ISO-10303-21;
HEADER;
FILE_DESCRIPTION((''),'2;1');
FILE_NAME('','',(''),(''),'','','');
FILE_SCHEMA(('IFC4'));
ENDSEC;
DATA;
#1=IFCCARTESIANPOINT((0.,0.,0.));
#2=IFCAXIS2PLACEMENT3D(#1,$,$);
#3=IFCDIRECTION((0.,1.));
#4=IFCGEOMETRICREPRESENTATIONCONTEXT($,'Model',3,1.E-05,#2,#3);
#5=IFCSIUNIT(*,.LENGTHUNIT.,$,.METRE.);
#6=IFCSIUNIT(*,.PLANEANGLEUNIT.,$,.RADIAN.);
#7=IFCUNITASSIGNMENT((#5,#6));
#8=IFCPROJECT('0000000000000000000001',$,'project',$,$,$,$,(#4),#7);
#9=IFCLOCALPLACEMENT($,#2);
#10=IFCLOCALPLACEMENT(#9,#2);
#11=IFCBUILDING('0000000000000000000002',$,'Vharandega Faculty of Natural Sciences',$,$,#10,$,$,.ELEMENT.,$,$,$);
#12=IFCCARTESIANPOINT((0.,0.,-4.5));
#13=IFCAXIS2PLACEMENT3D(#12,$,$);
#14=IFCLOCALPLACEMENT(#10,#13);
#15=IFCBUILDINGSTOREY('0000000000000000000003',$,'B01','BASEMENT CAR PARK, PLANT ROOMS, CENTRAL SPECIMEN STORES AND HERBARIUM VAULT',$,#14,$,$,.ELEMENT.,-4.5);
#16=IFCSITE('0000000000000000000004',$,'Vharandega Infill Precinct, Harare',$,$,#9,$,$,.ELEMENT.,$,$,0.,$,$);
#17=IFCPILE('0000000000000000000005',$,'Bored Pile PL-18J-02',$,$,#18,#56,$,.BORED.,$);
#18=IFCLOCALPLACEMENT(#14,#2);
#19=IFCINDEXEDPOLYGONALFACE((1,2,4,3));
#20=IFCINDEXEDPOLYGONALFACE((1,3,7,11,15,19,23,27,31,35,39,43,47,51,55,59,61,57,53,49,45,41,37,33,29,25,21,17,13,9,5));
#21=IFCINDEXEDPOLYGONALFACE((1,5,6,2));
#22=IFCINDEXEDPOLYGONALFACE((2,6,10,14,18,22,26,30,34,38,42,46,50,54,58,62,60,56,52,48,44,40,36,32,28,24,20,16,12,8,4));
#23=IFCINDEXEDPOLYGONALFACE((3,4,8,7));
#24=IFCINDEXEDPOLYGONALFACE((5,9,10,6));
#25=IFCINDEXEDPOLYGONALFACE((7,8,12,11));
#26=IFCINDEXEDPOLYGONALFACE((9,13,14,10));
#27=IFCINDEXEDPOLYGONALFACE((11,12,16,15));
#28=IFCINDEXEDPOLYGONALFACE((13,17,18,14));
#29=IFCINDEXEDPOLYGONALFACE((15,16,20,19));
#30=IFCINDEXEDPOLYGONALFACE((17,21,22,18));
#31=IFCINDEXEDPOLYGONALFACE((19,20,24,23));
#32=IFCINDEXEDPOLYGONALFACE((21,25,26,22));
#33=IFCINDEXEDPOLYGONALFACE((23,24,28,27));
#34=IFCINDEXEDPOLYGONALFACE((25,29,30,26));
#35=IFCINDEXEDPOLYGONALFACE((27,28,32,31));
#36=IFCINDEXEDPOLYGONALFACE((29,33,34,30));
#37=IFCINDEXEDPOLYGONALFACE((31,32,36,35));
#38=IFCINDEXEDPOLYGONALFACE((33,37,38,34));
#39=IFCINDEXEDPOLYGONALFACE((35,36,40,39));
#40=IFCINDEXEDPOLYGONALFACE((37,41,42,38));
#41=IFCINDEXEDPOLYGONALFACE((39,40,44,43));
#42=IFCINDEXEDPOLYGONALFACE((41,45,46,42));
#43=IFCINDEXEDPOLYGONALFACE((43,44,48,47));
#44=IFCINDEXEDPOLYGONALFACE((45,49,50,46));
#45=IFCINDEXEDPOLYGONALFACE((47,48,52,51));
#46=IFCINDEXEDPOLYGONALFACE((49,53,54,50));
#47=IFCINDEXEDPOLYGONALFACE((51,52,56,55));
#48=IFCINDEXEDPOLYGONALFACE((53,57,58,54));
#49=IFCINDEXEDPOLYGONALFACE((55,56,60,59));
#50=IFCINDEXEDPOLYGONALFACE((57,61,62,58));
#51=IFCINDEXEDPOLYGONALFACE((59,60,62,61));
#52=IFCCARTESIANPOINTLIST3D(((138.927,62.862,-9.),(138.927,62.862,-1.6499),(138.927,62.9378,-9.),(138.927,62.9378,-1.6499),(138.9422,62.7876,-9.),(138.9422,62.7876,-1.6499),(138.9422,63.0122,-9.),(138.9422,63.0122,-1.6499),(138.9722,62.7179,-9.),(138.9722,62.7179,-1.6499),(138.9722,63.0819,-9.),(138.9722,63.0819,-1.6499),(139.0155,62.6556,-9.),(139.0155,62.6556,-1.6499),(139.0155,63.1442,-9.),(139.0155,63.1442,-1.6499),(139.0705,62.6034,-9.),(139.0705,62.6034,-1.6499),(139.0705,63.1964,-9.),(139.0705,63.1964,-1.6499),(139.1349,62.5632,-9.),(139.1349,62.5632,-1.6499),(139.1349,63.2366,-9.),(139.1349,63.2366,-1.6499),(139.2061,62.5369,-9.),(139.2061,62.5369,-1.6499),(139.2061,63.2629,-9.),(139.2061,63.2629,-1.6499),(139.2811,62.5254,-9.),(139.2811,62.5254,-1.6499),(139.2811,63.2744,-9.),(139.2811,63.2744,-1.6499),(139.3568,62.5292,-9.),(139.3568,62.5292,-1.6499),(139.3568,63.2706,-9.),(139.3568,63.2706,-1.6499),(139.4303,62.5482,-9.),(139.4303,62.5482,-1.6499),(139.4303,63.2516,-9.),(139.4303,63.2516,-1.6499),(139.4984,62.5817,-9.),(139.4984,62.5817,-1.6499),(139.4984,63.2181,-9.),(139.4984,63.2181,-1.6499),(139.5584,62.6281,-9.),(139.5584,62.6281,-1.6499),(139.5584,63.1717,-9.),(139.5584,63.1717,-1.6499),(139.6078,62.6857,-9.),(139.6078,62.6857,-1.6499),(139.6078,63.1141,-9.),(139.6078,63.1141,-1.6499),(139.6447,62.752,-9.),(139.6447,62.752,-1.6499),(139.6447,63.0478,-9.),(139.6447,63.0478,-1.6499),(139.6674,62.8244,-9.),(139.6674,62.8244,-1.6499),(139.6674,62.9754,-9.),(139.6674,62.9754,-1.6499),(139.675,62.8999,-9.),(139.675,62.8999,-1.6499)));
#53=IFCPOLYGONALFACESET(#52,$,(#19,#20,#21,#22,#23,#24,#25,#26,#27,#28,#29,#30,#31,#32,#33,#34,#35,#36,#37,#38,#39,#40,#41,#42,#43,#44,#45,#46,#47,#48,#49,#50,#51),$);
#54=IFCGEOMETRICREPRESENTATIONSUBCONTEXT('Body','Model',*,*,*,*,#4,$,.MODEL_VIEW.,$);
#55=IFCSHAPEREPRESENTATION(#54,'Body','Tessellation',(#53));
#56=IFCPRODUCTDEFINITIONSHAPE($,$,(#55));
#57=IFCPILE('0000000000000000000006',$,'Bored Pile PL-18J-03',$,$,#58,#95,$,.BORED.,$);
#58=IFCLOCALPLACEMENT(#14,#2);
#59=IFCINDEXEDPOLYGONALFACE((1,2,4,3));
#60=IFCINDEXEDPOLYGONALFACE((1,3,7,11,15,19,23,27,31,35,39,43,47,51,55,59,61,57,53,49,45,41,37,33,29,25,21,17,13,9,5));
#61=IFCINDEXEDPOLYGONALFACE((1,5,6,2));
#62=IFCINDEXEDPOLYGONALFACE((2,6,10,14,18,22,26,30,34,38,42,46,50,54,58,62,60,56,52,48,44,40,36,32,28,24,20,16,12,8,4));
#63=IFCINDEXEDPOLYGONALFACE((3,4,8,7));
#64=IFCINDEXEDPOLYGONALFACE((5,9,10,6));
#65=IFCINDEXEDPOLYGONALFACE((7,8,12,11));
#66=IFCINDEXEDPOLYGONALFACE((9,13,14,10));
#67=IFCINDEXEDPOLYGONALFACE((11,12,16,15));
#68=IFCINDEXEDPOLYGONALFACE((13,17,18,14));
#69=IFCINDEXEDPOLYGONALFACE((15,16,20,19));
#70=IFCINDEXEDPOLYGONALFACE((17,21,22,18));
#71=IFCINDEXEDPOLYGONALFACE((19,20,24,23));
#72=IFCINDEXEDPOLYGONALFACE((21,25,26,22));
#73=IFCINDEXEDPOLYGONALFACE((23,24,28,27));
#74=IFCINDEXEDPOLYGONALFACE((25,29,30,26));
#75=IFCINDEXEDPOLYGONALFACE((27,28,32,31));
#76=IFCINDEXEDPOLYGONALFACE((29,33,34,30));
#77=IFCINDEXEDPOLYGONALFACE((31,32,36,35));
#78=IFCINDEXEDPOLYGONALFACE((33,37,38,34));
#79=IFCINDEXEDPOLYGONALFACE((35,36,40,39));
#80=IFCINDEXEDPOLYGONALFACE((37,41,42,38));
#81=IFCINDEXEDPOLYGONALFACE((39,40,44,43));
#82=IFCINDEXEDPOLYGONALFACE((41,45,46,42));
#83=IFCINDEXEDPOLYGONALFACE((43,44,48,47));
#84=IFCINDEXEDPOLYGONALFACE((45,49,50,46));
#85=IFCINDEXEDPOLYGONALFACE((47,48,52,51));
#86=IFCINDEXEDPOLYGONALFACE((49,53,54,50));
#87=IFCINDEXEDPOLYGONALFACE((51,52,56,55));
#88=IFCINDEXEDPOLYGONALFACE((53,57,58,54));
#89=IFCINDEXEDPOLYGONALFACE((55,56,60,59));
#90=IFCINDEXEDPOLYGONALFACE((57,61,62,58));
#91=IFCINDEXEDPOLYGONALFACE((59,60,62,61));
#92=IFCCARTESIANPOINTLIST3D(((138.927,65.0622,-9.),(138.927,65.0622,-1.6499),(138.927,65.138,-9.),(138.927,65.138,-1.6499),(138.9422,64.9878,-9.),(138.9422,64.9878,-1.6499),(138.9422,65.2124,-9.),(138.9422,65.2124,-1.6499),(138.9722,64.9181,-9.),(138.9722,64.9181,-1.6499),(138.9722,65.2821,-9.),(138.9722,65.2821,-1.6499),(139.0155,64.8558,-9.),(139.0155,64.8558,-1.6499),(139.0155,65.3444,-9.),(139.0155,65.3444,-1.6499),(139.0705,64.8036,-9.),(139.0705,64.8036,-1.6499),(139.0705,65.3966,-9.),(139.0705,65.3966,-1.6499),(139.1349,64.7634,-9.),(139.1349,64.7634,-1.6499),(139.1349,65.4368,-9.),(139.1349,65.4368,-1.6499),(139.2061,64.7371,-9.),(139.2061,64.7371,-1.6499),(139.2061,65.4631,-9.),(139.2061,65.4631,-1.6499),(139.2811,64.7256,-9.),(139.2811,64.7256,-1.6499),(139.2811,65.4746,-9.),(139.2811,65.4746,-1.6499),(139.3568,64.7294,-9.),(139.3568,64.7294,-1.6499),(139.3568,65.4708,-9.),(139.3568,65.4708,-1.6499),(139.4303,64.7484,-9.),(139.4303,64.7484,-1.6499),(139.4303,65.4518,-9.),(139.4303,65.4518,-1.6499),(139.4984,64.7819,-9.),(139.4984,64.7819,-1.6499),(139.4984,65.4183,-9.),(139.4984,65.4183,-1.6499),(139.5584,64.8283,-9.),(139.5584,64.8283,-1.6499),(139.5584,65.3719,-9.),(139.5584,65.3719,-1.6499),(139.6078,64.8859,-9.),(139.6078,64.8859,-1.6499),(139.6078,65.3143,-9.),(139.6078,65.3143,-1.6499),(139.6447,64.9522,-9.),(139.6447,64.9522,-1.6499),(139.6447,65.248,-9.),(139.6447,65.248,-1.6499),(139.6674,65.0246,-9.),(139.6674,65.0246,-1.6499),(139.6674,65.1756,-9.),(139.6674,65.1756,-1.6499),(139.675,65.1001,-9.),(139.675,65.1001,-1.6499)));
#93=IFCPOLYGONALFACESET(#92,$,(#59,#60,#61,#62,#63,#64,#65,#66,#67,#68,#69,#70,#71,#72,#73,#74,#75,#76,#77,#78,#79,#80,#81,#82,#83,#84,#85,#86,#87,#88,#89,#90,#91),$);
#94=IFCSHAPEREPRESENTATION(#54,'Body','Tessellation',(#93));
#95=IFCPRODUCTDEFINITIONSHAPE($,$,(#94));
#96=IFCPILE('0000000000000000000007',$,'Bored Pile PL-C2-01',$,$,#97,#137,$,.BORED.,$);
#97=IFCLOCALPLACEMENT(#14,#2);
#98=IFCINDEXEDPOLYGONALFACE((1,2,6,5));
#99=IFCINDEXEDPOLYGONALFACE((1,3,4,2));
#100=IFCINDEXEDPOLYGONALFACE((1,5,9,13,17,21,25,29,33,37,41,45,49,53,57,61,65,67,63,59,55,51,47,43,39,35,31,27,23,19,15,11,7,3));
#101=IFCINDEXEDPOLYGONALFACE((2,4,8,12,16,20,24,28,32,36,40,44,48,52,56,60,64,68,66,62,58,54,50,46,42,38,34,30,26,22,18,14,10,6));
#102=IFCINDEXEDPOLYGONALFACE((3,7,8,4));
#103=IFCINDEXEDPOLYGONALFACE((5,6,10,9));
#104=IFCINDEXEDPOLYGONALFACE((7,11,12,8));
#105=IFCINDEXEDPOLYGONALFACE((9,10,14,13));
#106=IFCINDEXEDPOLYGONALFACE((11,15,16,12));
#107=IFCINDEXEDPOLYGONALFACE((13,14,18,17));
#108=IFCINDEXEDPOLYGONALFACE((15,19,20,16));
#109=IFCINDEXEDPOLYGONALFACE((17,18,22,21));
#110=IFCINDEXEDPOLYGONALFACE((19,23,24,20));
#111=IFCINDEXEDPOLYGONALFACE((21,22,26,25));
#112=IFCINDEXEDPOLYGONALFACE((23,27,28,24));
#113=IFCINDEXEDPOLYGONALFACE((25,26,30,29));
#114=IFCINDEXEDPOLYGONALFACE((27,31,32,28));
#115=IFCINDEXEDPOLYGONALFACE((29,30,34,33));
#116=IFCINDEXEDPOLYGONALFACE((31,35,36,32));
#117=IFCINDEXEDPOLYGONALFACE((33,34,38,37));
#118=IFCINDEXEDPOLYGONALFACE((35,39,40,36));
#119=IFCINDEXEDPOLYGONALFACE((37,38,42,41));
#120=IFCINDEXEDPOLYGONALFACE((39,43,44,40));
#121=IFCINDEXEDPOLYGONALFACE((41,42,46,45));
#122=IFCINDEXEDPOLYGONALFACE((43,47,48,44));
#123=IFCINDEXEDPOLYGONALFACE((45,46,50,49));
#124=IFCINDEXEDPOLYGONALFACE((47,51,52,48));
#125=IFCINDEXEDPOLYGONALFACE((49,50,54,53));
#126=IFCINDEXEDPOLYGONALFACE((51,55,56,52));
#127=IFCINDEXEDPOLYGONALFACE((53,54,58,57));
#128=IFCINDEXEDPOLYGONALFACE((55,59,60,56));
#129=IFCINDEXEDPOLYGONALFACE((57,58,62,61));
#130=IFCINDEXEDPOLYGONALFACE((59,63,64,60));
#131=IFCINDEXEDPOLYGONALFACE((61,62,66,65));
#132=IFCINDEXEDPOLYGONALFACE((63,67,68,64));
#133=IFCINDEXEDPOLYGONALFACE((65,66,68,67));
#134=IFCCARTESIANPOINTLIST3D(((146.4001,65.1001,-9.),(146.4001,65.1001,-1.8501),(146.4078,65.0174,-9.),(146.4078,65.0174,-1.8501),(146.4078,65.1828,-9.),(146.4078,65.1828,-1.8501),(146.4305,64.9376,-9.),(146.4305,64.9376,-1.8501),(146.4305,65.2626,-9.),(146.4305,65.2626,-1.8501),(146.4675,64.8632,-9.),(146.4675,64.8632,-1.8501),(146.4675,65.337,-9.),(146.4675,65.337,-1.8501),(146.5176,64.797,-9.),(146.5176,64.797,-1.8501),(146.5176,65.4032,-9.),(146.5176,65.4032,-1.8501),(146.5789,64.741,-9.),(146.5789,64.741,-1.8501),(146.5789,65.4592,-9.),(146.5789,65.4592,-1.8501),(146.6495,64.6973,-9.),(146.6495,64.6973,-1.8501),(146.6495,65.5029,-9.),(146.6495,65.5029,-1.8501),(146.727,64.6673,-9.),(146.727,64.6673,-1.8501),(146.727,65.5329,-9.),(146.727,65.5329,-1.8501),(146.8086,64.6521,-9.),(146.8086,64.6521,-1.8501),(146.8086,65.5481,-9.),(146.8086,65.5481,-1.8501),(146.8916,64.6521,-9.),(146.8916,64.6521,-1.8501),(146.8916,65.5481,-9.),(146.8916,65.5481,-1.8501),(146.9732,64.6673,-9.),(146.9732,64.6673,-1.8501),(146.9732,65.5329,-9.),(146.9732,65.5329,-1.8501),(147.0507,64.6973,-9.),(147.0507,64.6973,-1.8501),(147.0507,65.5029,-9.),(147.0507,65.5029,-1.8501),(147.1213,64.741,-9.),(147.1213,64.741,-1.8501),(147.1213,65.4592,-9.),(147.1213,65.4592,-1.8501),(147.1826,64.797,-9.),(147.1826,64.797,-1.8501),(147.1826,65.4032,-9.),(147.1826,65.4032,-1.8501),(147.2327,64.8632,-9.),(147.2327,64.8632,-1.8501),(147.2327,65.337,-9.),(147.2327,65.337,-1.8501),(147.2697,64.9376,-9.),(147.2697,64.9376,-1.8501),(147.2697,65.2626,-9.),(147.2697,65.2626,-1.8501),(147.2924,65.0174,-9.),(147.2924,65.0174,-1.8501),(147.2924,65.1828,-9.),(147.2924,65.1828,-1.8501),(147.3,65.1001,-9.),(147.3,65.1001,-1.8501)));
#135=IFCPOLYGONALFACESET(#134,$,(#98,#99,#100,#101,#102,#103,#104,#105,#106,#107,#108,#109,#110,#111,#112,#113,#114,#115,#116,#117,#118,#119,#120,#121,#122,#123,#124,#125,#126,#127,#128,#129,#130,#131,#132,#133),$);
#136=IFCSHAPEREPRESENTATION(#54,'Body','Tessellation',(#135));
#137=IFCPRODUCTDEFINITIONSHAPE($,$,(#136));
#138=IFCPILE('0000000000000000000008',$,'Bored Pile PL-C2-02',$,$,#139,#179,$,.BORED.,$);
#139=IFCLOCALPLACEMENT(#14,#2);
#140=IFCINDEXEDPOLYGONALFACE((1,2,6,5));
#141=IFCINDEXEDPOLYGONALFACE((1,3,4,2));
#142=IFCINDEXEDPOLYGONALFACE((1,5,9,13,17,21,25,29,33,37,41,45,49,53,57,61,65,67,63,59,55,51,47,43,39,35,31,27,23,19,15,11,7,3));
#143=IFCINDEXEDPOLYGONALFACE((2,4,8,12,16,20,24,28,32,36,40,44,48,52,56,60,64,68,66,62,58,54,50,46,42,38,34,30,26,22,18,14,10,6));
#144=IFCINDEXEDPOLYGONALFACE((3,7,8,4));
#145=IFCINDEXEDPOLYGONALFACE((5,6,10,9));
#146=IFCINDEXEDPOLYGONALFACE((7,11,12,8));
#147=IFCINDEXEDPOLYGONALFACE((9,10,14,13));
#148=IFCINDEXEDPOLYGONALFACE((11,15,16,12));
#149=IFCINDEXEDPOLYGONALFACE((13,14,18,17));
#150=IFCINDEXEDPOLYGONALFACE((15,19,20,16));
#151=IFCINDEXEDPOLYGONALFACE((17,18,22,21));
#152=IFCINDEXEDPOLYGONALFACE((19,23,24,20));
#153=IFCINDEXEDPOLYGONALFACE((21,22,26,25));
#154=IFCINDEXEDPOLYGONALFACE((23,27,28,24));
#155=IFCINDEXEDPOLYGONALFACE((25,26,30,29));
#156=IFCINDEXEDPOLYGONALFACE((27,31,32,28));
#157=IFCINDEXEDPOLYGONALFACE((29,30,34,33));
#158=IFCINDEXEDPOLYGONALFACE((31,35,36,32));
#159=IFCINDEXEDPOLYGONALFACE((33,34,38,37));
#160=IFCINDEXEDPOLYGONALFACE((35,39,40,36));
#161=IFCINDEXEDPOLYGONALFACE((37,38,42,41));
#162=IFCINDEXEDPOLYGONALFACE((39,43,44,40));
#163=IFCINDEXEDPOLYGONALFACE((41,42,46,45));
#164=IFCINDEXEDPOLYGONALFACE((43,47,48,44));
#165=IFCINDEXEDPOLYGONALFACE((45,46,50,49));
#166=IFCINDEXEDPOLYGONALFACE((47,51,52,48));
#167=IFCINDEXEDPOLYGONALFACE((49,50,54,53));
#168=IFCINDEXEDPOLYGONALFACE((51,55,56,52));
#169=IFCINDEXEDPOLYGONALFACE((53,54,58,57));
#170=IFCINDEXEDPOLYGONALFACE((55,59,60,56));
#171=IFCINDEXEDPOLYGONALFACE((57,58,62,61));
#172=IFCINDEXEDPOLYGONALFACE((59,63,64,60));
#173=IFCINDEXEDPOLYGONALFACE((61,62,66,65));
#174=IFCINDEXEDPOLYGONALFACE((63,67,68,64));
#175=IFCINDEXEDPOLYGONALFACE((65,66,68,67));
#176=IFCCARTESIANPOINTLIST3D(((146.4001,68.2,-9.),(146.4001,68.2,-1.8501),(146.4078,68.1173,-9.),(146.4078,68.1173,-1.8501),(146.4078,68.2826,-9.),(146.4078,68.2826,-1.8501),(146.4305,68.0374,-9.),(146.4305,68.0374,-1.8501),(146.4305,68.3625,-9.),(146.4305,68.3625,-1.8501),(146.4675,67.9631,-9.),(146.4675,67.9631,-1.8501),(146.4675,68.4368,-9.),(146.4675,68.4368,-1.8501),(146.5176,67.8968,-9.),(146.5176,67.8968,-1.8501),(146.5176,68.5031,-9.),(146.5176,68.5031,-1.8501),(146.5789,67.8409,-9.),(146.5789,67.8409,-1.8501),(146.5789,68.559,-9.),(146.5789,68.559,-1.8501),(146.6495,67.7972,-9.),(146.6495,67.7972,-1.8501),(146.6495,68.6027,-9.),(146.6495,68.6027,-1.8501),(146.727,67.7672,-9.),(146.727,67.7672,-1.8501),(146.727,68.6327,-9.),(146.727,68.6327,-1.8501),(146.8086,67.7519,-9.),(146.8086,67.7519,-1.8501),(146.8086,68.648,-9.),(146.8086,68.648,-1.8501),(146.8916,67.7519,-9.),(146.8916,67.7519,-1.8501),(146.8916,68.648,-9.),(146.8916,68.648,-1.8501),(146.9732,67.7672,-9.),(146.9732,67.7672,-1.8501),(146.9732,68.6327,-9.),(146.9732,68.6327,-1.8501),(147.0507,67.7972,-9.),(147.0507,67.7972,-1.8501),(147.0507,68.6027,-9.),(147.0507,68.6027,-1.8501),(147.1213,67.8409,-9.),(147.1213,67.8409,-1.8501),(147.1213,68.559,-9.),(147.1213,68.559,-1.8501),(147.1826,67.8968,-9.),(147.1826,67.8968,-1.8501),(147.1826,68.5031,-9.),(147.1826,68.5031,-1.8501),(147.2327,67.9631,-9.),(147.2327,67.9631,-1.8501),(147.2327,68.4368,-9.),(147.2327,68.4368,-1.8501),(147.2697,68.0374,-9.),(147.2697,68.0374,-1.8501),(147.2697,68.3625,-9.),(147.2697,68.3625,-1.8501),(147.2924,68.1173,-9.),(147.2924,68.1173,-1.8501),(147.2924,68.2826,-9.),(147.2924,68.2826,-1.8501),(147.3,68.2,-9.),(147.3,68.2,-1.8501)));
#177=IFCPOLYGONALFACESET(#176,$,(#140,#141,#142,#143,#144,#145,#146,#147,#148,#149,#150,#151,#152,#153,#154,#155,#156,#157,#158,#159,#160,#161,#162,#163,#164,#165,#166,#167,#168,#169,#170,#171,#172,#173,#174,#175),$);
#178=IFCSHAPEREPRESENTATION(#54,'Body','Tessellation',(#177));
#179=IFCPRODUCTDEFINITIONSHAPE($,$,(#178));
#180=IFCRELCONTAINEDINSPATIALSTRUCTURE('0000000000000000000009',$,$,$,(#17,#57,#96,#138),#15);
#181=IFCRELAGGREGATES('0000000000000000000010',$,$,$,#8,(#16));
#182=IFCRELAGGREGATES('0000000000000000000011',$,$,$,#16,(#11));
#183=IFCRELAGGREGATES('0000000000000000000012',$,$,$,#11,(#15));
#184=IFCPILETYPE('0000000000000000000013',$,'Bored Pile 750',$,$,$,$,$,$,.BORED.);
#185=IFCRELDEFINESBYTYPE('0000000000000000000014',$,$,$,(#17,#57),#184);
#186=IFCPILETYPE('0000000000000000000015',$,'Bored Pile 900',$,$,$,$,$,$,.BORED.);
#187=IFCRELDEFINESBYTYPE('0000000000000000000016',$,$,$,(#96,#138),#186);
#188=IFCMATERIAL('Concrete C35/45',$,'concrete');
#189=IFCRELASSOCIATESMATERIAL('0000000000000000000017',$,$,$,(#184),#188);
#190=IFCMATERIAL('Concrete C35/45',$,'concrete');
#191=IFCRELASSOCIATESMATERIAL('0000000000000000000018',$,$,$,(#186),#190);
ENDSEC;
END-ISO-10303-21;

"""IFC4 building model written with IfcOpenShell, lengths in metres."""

from ifc_helpers import new_model, si_unit, direction, frame, origin, origin_2d, place, context, subcontext, project, spatial, circle, extrude, material, material_profile, profile_set, type_object, element, save


model = new_model("IFC4")

# Units and contexts
model_context = context("Model", 3, precision=1e-05, world=origin(), true_north=direction((0.0, 1.0)))
body_context = subcontext(model_context, "Body", "Model", "MODEL_VIEW")
ifc_project = project(units=[si_unit("LENGTHUNIT", "METRE"), si_unit("PLANEANGLEUNIT", "RADIAN")], contexts=[model_context])

# Site, building, storey
site_placement = place(None, origin())
site = spatial("IfcSite", under=ifc_project, at=site_placement, Name="Vharandega Infill Precinct, Harare", CompositionType="ELEMENT", RefElevation=0.0)
building_placement = place(site_placement, origin())
building = spatial("IfcBuilding", under=site, at=building_placement, Name="Vharandega Faculty of Natural Sciences", CompositionType="ELEMENT")
storey_placement = place(building_placement, frame((0.0, 0.0, -4.5)))
storey = spatial("IfcBuildingStorey", under=building, at=storey_placement, Name="B01", Description="BASEMENT CAR PARK, PLANT ROOMS, CENTRAL SPECIMEN STORES AND HERBARIUM VAULT", CompositionType="ELEMENT", Elevation=-4.5)

# Piles
ifc_material_1 = material(Name="Concrete C35/45", Category="concrete")
ifc_material_profile_1 = material_profile(ifc_material_1, circle(Radius=0.375, at=origin_2d()), Name="PILE 750")
ifc_profile_set_1 = profile_set([ifc_material_profile_1], Name="Concrete C35/45")
pile_type_1 = type_object("IfcPileType", Name="Bored Pile 750", PredefinedType="BORED", material=ifc_profile_set_1)
for number, where, z_axis, x_axis, name in (
    (1, (139.3, 62.8999, -1.6499), (0.0, 0.0, -1.0), (1.0, 0.0, 0.0), "Bored Pile PL-18J-02"),
    (2, (139.3, 65.1001, -1.6499), (0.0, 0.0, -1.0), (1.0, 0.0, 0.0), "Bored Pile PL-18J-03"),
):
    element("IfcPile", number, at=place(storey_placement, frame(where, z_axis=z_axis, x_axis=x_axis)), inside=storey, type_object=pile_type_1, Name=name, PredefinedType="BORED", context=body_context, shape_type="SweptSolid", body=[
        extrude(circle(Radius=0.375, at=origin_2d()), origin(), (0.0, 0.0, 1.0), 7.3501),
    ])
ifc_material_2 = material(Name="Concrete C35/45", Category="concrete")
ifc_material_profile_2 = material_profile(ifc_material_2, circle(Radius=0.45, at=origin_2d()), Name="PILE 900")
ifc_profile_set_2 = profile_set([ifc_material_profile_2], Name="Concrete C35/45")
pile_type_2 = type_object("IfcPileType", Name="Bored Pile 900", PredefinedType="BORED", material=ifc_profile_set_2)
for number, where, z_axis, x_axis, name in (
    (3, (146.8501, 65.1001, -1.8501), (0.0, 0.0, -1.0), (1.0, 0.0, 0.0), "Bored Pile PL-C2-01"),
    (4, (146.8501, 68.2, -1.8501), (0.0, 0.0, -1.0), (1.0, 0.0, 0.0), "Bored Pile PL-C2-02"),
):
    element("IfcPile", number, at=place(storey_placement, frame(where, z_axis=z_axis, x_axis=x_axis)), inside=storey, type_object=pile_type_2, Name=name, PredefinedType="BORED", context=body_context, shape_type="SweptSolid", body=[
        extrude(circle(Radius=0.45, at=origin_2d()), origin(), (0.0, 0.0, 1.0), 7.1499),
    ])

save(model, "model.ifc")
